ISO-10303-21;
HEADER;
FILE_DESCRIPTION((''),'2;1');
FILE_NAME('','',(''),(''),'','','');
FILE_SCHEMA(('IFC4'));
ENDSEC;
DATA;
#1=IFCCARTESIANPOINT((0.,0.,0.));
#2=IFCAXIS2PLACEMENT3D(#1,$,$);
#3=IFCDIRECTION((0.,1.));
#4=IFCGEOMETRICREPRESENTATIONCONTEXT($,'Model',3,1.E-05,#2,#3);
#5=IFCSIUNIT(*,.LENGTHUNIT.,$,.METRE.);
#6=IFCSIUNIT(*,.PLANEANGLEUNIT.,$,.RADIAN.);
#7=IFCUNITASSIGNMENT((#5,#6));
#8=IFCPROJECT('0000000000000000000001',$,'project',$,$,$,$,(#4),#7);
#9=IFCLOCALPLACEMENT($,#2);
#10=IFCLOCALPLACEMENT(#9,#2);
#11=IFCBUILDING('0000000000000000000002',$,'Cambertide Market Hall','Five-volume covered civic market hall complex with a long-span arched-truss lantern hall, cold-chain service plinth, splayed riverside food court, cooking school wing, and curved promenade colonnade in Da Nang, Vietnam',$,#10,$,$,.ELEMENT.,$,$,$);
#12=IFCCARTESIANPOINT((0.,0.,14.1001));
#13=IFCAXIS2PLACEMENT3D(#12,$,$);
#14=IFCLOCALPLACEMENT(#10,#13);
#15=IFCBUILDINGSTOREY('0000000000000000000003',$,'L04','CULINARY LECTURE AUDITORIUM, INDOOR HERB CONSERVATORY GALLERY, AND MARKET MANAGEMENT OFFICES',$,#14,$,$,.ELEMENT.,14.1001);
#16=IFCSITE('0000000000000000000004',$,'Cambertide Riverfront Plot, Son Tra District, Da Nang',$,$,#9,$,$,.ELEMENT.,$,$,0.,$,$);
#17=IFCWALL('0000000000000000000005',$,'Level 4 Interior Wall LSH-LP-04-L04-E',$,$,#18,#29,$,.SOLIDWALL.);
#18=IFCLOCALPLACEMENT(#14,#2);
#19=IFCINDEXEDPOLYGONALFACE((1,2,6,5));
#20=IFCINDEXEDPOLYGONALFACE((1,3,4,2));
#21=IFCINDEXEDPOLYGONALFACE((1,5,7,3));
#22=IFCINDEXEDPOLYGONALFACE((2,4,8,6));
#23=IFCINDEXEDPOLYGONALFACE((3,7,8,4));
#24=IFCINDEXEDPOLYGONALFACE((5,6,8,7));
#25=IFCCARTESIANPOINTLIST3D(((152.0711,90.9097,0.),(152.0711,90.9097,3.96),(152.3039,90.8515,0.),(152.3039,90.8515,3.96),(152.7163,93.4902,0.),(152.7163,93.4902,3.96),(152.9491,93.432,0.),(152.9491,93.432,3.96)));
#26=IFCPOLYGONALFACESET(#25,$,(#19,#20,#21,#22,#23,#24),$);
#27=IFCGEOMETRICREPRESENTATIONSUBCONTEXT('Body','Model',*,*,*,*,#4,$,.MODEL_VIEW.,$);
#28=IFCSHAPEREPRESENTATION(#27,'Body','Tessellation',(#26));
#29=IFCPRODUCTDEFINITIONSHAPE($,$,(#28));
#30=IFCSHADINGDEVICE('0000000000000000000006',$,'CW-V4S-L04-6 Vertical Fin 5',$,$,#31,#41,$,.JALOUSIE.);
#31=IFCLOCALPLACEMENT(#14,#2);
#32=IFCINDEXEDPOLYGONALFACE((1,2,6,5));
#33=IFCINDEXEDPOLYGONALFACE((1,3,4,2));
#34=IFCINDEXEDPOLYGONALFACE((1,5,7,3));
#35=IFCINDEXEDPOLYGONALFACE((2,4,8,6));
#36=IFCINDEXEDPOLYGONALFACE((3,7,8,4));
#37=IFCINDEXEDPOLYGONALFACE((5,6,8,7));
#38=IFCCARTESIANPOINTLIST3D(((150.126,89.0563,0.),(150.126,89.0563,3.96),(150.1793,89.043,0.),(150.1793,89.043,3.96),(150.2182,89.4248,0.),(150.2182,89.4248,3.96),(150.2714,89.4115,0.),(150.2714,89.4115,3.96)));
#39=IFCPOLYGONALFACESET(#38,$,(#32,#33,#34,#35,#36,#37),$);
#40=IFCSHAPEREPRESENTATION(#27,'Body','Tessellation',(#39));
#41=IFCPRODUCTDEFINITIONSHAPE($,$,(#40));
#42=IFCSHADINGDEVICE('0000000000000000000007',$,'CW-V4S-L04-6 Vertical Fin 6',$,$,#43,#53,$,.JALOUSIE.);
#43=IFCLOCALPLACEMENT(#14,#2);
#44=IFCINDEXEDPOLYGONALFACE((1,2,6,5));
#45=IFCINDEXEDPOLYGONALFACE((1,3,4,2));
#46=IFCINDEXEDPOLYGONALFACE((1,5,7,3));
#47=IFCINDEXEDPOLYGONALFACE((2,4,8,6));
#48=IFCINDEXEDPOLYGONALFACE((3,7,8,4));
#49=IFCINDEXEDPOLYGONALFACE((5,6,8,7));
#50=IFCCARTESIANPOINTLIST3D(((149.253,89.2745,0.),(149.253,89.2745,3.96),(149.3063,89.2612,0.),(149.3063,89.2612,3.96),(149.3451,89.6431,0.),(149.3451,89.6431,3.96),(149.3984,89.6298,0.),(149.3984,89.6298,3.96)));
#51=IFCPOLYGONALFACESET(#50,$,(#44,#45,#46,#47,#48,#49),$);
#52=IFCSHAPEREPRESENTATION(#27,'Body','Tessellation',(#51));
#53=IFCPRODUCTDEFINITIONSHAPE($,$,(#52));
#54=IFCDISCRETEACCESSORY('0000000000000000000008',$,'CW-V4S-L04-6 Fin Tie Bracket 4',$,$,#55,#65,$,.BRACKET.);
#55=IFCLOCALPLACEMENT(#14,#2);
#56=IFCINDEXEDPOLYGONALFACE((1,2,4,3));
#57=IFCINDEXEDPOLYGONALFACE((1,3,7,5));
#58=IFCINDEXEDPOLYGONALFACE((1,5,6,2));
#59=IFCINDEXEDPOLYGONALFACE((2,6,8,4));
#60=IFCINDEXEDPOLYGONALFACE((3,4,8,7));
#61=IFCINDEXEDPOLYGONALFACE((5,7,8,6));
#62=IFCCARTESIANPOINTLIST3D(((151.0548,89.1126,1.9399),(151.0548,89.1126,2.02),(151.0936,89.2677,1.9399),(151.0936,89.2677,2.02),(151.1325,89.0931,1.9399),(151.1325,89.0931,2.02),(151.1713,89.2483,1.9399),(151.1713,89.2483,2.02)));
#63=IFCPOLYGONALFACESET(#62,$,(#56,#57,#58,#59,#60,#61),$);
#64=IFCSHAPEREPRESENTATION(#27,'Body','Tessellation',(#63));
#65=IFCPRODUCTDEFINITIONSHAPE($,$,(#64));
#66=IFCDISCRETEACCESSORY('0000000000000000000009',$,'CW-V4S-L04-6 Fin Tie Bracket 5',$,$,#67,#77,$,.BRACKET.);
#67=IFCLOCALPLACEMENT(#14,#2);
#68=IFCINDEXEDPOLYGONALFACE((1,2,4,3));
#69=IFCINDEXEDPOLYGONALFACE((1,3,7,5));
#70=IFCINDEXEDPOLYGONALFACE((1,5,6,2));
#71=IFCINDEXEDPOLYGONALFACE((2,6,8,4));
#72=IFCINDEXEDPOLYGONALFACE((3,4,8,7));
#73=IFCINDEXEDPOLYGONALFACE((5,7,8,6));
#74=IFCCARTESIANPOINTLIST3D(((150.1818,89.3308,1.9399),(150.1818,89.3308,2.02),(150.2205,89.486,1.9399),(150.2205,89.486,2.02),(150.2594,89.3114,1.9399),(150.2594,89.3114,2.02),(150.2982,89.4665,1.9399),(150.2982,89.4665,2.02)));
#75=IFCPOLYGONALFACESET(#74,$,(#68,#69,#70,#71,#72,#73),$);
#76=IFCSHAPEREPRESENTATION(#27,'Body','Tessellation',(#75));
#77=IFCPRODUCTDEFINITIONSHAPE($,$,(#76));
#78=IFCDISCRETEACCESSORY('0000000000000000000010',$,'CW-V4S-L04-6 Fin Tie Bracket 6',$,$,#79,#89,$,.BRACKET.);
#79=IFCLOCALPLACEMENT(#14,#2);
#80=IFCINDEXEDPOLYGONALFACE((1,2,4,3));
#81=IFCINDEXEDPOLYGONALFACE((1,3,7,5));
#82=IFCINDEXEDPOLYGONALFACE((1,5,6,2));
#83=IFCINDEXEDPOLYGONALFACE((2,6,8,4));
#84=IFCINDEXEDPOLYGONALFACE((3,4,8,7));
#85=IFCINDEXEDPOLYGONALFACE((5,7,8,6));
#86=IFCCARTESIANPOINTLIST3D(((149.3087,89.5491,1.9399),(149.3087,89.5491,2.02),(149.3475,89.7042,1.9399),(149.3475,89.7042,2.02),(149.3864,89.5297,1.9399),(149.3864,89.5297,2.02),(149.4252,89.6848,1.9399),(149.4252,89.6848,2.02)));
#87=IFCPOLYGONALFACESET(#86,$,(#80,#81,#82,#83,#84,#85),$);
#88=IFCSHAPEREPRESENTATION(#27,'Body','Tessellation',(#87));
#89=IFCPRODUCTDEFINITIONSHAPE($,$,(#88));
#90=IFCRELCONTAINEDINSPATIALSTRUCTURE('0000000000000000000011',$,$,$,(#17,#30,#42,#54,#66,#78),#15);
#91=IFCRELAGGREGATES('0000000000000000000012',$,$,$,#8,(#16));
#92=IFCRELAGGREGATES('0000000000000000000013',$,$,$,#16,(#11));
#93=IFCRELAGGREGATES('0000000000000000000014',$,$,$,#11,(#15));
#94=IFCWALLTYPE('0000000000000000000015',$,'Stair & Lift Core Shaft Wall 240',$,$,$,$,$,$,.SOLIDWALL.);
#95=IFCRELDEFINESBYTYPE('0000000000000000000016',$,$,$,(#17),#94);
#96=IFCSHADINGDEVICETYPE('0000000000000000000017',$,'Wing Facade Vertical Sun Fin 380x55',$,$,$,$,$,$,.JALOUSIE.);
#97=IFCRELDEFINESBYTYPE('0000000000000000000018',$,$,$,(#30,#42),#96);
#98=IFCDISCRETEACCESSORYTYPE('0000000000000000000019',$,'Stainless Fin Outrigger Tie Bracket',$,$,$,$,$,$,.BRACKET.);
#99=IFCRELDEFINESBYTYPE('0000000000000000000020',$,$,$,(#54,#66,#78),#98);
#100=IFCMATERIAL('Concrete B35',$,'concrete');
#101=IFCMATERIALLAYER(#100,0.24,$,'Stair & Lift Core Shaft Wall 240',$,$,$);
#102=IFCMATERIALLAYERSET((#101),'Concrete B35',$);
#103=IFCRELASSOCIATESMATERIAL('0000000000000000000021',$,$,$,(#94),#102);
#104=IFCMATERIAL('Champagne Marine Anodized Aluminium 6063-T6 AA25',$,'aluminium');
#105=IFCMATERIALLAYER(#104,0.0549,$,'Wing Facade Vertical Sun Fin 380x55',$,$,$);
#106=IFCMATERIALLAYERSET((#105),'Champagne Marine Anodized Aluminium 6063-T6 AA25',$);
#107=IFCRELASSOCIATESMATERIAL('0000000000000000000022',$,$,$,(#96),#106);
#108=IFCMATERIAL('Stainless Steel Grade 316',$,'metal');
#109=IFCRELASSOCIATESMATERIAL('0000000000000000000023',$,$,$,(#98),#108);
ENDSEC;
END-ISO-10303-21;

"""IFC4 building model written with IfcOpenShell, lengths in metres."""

from ifc_helpers import new_model, si_unit, direction, frame, frame_2d, origin, origin_2d, place, context, subcontext, project, spatial, rectangle, extrude, material, layer, layer_set, type_object, element, save


model = new_model("IFC4")

# Units and contexts
model_context = context("Model", 3, precision=1e-05, world=origin(), true_north=direction((0.0, 1.0)))
body_context = subcontext(model_context, "Body", "Model", "MODEL_VIEW")
ifc_project = project(units=[si_unit("LENGTHUNIT", "METRE"), si_unit("PLANEANGLEUNIT", "RADIAN")], contexts=[model_context])

# Site, building, storey
site_placement = place(None, origin())
site = spatial("IfcSite", under=ifc_project, at=site_placement, Name="Cambertide Riverfront Plot, Son Tra District, Da Nang", CompositionType="ELEMENT", RefElevation=0.0)
building_placement = place(site_placement, origin())
building = spatial("IfcBuilding", under=site, at=building_placement, Name="Cambertide Market Hall", Description="Five-volume covered civic market hall complex with a long-span arched-truss lantern hall, cold-chain service plinth, splayed riverside food court, cooking school wing, and curved promenade colonnade in Da Nang, Vietnam", CompositionType="ELEMENT")
storey_placement = place(building_placement, frame((0.0, 0.0, 14.1001)))
storey = spatial("IfcBuildingStorey", under=building, at=storey_placement, Name="L04", Description="CULINARY LECTURE AUDITORIUM, INDOOR HERB CONSERVATORY GALLERY, AND MARKET MANAGEMENT OFFICES", CompositionType="ELEMENT", Elevation=14.1001)

# Shared definitions
ifc_material_1 = material(Name="Concrete B35", Category="concrete")
ifc_layer_1 = layer(ifc_material_1, 0.24, Name="Stair & Lift Core Shaft Wall 240")
ifc_layer_set_1 = layer_set([ifc_layer_1], Name="Concrete B35")
wall_type_1 = type_object("IfcWallType", Name="Stair & Lift Core Shaft Wall 240", PredefinedType="SOLIDWALL", material=ifc_layer_set_1)

# Wall
for number, where, z_axis, x_axis, name in (
    (1, (152.8328, 93.4612, 0.0), (0.0, 0.0, 1.0), (-0.242579, -0.970132, 0.0), "Level 4 Interior Wall LSH-LP-04-L04-E"),
):
    element("IfcWall", number, at=place(storey_placement, frame(where, z_axis=z_axis, x_axis=x_axis)), inside=storey, type_object=wall_type_1, Name=name, PredefinedType="SOLIDWALL", context=body_context, shape_type="SweptSolid", body=[
        extrude(rectangle(XDim=2.6599, YDim=0.24, at=frame_2d((1.3301, 0.0))), origin(), (0.0, 0.0, 1.0), 3.96),
    ])

# Shading devices
ifc_material_2 = material(Name="Champagne Marine Anodized Aluminium 6063-T6 AA25", Category="aluminium")
ifc_layer_2 = layer(ifc_material_2, 0.0549, Name="Wing Facade Vertical Sun Fin 380x55")
ifc_layer_set_2 = layer_set([ifc_layer_2], Name="Champagne Marine Anodized Aluminium 6063-T6 AA25")
shading_device_type = type_object("IfcShadingDeviceType", Name="Wing Facade Vertical Sun Fin 380x55", PredefinedType="JALOUSIE", material=ifc_layer_set_2)
for number, where, z_axis, x_axis, name in (
    (2, (150.1987, 89.2339, 0.0), (0.0, 0.0, 1.0), (-0.970143, 0.242535, 0.0), "CW-V4S-L04-6 Vertical Fin 5"),
    (3, (149.3257, 89.4521, 0.0), (0.0, 0.0, 1.0), (-0.970143, 0.242535, 0.0), "CW-V4S-L04-6 Vertical Fin 6"),
):
    element("IfcShadingDevice", number, at=place(storey_placement, frame(where, z_axis=z_axis, x_axis=x_axis)), inside=storey, type_object=shading_device_type, Name=name, PredefinedType="JALOUSIE", context=body_context, shape_type="SweptSolid", body=[
        extrude(rectangle(XDim=0.0549, YDim=0.3799, at=origin_2d()), origin(), (0.0, 0.0, 1.0), 3.96),
    ])

# Discrete accessories
ifc_material_3 = material(Name="Stainless Steel Grade 316", Category="metal")
discrete_accessory_type = type_object("IfcDiscreteAccessoryType", Name="Stainless Fin Outrigger Tie Bracket", PredefinedType="BRACKET", material=ifc_material_3)
for number, where, z_axis, x_axis, name in (
    (4, (151.113, 89.1804, 1.9399), (0.0, 0.0, 1.0), (-0.970143, 0.242535, 0.0), "CW-V4S-L04-6 Fin Tie Bracket 4"),
    (5, (150.24, 89.3987, 1.9399), (0.0, 0.0, 1.0), (-0.970143, 0.242535, 0.0), "CW-V4S-L04-6 Fin Tie Bracket 5"),
    (6, (149.3669, 89.6169, 1.9399), (0.0, 0.0, 1.0), (-0.970143, 0.242535, 0.0), "CW-V4S-L04-6 Fin Tie Bracket 6"),
):
    element("IfcDiscreteAccessory", number, at=place(storey_placement, frame(where, z_axis=z_axis, x_axis=x_axis)), inside=storey, type_object=discrete_accessory_type, Name=name, PredefinedType="BRACKET", context=body_context, shape_type="SweptSolid", body=[
        extrude(rectangle(XDim=0.0801, YDim=0.1599, at=origin_2d()), origin(), (0.0, 0.0, 1.0), 0.0801),
    ])

save(model, "model.ifc")
